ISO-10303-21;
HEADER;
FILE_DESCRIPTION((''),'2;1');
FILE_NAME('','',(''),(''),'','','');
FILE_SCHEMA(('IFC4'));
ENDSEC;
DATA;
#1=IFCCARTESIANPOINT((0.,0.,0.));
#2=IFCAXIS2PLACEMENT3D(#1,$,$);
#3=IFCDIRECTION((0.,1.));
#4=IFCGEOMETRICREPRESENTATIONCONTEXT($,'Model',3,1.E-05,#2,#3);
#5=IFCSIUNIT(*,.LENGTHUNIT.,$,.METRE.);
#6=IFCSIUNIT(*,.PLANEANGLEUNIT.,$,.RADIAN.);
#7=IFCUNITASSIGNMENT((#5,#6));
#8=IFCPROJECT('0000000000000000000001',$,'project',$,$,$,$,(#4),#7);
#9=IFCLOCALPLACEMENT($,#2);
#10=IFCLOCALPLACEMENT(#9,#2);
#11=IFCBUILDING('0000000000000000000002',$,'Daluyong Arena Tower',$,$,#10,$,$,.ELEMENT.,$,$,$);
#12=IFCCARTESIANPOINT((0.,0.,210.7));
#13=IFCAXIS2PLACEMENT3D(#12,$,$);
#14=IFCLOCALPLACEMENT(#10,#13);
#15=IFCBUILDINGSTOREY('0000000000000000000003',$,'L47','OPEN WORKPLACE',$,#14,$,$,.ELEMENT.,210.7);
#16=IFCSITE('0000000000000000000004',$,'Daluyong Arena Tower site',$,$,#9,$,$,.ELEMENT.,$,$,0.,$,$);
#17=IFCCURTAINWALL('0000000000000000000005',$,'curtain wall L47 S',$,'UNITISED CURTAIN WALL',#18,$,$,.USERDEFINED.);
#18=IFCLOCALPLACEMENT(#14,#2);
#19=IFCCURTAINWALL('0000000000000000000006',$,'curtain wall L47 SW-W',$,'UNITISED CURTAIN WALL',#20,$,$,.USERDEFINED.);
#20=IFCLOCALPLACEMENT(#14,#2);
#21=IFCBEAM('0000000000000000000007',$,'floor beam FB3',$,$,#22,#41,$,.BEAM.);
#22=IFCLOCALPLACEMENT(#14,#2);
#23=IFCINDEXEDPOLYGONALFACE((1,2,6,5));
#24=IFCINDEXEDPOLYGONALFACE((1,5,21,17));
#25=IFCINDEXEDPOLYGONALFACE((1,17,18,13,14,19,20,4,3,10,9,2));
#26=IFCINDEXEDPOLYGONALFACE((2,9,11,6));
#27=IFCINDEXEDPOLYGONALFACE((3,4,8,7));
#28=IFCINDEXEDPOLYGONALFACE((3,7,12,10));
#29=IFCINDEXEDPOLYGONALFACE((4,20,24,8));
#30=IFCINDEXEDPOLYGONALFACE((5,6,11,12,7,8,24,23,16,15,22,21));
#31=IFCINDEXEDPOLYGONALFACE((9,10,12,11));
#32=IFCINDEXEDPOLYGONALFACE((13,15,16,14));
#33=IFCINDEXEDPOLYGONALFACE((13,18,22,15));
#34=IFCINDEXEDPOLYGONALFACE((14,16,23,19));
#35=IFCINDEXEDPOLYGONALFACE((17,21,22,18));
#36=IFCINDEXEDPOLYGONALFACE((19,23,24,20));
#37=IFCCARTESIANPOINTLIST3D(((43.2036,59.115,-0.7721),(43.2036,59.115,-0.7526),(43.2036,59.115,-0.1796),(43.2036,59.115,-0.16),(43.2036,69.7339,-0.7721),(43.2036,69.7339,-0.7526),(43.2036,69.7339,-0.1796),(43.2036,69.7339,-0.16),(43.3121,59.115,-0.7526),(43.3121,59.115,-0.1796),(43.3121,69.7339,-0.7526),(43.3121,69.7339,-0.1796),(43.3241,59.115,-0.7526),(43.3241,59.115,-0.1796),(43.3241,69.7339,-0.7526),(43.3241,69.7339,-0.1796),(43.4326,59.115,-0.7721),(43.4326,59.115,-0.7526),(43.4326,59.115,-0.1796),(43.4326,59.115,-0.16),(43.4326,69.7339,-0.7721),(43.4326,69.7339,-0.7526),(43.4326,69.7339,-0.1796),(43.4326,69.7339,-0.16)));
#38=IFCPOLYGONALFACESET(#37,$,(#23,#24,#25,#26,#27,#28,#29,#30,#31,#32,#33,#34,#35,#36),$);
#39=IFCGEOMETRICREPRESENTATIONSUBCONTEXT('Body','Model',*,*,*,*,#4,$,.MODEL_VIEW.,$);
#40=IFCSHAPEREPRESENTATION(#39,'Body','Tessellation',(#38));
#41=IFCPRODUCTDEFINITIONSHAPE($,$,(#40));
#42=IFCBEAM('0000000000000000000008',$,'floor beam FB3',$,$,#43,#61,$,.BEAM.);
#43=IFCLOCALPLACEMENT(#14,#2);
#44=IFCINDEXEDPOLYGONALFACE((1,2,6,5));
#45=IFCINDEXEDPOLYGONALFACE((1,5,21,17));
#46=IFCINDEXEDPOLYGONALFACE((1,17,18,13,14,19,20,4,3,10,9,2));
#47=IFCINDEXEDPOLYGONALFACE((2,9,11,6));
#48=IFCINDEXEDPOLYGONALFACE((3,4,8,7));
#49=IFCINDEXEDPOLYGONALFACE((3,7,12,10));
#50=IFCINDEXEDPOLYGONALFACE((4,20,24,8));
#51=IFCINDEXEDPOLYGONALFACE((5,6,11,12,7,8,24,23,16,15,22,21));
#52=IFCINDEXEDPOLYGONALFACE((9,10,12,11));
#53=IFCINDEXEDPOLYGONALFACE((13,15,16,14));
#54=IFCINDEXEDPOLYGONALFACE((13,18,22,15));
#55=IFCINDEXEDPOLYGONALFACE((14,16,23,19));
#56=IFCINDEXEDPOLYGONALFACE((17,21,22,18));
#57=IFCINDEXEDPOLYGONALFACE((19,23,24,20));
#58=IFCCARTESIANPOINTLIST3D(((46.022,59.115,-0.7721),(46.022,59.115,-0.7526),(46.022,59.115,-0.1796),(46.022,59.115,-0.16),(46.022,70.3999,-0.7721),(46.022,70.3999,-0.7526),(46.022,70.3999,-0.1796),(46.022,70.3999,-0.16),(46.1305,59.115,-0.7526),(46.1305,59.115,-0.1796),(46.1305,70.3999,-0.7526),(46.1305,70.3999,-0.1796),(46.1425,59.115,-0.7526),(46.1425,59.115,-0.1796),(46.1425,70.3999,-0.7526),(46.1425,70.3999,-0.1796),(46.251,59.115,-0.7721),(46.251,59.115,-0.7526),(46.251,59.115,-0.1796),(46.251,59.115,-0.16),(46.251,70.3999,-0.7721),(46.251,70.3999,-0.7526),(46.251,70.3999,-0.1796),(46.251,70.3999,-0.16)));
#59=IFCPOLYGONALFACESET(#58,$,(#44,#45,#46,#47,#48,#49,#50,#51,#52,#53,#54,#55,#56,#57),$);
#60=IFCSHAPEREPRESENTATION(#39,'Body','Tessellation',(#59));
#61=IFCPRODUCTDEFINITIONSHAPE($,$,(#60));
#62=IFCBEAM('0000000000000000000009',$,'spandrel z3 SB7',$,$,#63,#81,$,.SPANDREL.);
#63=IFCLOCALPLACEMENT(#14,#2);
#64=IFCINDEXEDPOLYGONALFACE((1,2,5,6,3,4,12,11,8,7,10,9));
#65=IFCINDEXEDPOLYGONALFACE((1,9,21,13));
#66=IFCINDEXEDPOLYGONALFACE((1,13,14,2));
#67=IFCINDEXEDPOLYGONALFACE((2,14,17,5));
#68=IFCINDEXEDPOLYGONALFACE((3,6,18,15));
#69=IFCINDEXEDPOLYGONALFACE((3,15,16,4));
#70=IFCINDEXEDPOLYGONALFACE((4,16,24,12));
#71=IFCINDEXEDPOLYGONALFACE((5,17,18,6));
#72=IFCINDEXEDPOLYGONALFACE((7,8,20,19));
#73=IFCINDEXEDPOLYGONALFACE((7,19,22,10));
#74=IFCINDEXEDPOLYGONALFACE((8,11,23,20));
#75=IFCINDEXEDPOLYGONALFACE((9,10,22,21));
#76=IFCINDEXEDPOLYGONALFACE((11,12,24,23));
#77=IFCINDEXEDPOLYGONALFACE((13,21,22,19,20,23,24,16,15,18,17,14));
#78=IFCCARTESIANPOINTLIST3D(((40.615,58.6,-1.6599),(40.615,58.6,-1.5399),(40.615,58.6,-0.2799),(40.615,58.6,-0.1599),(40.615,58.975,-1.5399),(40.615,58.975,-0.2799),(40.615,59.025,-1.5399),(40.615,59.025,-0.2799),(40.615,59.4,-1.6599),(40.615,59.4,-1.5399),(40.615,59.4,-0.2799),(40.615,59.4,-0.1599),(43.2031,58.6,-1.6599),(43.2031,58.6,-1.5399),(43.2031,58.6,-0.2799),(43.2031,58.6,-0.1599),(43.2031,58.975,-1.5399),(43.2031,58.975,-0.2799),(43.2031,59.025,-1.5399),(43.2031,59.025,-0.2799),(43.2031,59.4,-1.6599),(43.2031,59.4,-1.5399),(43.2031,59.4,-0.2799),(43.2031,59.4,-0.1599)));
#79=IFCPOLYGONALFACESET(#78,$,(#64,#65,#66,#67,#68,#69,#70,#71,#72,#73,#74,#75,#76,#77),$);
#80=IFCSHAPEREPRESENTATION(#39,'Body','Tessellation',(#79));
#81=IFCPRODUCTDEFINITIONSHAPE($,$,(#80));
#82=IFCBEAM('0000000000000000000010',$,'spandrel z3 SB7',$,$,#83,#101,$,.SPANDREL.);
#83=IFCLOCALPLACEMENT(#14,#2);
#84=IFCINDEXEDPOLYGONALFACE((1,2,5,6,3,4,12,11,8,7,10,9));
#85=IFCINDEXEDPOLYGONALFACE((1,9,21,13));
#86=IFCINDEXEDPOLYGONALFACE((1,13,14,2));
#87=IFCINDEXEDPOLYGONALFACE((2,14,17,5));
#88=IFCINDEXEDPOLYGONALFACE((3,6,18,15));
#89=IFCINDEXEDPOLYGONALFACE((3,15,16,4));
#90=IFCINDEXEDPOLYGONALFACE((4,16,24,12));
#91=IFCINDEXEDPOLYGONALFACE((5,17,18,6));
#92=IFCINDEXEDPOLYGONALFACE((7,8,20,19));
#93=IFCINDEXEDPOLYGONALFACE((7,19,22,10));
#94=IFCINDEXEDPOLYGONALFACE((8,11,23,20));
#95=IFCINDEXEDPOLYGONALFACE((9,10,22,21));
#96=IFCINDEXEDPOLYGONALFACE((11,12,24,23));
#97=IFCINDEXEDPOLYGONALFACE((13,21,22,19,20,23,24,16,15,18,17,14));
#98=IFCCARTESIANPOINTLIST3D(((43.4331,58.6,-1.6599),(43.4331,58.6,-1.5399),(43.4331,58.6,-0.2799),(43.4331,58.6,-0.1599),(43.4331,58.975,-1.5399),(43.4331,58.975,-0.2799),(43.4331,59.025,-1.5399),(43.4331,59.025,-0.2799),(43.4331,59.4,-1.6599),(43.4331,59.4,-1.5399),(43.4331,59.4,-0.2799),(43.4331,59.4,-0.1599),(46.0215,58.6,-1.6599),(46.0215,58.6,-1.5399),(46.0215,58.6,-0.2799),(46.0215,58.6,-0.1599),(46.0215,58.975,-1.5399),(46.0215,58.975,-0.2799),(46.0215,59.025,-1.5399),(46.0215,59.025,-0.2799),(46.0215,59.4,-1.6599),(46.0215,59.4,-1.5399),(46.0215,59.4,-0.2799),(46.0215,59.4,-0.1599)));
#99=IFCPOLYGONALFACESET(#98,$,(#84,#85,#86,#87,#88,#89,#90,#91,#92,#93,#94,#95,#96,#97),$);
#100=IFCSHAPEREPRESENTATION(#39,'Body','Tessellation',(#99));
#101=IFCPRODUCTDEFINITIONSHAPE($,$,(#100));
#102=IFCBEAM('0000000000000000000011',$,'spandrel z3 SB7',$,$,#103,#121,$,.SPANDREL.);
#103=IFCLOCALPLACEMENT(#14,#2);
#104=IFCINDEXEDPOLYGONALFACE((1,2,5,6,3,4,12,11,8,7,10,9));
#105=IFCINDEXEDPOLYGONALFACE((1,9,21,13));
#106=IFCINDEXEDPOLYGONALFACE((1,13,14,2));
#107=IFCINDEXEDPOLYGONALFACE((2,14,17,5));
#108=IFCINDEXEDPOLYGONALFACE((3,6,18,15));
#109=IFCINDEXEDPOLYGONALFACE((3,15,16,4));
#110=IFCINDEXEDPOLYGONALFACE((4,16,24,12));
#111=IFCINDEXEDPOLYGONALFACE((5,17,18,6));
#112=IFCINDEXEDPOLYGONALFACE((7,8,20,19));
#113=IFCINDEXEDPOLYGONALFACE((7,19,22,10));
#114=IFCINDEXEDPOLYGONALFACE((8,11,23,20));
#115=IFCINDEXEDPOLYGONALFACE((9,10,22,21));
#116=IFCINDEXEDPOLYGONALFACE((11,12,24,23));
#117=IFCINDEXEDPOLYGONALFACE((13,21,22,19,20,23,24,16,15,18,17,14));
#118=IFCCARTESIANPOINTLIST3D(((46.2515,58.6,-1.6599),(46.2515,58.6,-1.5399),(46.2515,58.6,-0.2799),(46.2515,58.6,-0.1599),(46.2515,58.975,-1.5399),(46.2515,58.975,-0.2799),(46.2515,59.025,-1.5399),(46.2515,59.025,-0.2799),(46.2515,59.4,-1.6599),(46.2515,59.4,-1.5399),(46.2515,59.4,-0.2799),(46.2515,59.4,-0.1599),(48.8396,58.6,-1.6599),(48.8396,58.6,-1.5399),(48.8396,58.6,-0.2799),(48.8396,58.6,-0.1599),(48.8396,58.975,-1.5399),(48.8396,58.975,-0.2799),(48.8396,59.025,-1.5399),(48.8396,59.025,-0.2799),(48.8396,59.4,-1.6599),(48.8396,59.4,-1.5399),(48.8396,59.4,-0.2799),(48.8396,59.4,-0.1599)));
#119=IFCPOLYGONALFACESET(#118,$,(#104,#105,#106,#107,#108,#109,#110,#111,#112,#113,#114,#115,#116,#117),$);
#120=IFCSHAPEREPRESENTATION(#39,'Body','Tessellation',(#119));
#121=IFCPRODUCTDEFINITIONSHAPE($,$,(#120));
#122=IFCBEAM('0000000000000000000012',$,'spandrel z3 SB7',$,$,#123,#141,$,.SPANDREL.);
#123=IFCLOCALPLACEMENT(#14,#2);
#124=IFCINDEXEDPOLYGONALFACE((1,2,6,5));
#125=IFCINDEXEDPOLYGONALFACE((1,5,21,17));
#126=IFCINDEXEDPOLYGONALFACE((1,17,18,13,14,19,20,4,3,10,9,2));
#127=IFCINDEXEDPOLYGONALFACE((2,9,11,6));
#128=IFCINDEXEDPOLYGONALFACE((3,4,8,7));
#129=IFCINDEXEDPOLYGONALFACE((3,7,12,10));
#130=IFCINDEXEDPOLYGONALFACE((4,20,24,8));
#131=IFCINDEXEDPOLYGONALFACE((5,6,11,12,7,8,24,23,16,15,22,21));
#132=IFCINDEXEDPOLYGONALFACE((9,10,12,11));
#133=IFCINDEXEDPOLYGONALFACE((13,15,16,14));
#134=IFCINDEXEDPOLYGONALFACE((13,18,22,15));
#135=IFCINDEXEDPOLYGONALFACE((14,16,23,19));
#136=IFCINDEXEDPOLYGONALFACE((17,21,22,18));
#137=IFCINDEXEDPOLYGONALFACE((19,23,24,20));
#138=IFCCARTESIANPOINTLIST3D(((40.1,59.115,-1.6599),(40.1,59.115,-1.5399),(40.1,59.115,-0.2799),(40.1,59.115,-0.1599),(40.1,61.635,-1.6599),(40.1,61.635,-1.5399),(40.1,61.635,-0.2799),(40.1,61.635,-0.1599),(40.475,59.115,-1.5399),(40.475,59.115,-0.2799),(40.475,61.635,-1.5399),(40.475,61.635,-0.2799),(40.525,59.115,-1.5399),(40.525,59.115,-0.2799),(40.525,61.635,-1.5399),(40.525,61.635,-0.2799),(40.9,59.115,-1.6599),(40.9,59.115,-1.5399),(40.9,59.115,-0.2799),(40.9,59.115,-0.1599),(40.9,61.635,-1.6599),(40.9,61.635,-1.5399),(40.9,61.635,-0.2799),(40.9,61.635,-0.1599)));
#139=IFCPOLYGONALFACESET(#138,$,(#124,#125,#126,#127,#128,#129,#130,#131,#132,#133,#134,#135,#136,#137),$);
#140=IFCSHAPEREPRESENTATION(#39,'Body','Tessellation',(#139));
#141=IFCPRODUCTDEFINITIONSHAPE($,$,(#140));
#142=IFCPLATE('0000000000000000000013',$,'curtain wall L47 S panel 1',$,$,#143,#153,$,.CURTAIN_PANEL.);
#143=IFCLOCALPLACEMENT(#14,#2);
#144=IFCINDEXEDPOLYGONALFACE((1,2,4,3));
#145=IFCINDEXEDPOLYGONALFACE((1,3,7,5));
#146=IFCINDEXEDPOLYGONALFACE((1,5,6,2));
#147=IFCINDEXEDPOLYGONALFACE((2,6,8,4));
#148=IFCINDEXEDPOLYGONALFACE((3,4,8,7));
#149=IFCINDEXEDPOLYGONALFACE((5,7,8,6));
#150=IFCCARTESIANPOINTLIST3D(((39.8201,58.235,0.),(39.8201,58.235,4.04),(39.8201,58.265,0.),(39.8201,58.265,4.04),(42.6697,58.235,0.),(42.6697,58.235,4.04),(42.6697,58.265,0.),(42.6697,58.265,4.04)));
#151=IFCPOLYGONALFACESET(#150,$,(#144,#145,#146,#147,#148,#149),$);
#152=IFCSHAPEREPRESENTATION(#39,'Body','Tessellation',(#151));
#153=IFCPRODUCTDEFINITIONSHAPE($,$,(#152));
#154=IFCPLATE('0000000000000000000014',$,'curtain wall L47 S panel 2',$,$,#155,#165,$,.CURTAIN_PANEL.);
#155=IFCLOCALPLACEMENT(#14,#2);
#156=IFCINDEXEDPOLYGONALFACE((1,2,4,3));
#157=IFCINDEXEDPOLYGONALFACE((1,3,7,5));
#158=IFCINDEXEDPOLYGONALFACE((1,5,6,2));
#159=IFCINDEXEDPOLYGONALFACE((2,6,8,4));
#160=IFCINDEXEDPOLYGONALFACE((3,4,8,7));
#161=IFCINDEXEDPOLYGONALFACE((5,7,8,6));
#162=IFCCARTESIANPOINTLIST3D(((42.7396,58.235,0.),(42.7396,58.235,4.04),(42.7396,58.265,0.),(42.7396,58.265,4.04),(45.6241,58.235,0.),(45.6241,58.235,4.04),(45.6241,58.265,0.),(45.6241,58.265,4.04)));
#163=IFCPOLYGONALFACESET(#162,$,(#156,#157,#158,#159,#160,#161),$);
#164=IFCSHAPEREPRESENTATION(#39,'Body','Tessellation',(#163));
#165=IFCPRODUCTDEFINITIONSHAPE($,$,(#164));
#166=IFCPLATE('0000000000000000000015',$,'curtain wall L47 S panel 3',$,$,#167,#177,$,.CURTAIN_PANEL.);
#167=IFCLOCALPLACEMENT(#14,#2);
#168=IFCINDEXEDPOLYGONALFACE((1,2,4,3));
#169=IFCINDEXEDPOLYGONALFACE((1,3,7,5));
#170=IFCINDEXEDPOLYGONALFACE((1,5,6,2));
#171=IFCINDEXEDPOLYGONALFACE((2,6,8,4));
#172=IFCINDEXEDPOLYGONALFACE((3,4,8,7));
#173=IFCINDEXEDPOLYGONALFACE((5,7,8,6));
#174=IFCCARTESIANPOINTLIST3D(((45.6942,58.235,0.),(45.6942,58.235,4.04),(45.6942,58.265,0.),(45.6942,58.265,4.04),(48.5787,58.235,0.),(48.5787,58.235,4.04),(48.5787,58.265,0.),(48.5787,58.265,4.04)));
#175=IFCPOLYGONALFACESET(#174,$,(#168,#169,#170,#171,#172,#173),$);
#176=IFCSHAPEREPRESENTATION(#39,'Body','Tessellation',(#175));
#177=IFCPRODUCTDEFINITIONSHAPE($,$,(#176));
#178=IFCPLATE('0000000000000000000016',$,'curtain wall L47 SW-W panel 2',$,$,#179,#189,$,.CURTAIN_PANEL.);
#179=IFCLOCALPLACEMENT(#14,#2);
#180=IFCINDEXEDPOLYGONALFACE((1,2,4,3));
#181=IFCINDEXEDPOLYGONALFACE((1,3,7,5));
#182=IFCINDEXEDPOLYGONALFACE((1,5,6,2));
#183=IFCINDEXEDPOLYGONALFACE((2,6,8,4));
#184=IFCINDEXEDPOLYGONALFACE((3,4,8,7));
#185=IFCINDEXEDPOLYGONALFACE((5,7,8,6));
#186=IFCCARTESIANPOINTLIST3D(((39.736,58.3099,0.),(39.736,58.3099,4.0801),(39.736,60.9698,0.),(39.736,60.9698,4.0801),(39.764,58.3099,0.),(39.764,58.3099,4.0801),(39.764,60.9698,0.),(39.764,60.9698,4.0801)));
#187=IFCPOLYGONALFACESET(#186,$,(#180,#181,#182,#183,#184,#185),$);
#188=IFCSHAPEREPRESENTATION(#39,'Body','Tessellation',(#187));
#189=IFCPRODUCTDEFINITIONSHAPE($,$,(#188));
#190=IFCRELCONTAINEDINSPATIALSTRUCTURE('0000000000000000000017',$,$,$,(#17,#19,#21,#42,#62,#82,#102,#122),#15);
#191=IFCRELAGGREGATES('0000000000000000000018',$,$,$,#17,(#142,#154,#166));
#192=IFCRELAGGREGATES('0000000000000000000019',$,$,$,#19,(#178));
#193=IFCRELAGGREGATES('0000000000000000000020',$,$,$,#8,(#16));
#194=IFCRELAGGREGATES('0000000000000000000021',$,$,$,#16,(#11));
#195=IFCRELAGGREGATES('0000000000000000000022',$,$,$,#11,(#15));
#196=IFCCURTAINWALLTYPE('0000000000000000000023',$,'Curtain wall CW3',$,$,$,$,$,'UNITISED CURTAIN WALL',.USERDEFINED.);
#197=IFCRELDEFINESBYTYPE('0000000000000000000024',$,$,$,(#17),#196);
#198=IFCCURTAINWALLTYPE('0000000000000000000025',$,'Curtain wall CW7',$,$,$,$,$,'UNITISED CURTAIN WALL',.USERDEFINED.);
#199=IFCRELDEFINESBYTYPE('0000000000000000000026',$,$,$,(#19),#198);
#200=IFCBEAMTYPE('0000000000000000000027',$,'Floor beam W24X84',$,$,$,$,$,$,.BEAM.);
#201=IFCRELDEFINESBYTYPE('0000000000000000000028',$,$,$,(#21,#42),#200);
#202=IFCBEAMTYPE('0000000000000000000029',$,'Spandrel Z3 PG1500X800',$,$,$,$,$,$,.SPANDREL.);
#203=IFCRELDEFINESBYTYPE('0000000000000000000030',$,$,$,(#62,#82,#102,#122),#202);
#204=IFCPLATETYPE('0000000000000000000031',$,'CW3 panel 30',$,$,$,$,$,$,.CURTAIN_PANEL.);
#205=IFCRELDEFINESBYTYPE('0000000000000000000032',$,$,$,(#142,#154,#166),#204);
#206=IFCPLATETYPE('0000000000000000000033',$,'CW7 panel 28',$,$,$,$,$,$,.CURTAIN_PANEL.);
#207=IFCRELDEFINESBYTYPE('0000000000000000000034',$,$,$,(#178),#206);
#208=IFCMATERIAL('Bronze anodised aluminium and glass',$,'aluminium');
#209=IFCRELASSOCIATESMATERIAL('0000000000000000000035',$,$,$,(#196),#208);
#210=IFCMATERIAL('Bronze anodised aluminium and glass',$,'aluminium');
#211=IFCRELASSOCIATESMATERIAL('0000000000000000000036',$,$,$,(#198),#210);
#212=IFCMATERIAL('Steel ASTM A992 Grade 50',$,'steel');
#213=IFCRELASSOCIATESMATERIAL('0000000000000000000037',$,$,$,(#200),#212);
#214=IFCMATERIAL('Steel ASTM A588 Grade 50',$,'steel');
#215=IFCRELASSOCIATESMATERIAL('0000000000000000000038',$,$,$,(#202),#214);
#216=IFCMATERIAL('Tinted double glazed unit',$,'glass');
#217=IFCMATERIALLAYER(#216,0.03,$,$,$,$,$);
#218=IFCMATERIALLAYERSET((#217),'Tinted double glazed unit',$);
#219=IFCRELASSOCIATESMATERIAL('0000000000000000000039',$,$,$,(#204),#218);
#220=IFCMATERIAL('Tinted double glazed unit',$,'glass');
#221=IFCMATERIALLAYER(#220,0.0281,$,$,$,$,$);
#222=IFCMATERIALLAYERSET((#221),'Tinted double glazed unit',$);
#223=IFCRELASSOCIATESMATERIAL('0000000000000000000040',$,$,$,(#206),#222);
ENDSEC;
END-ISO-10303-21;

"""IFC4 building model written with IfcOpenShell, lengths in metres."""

from ifc_helpers import new_model, si_unit, direction, frame, origin, origin_2d, place, context, subcontext, project, spatial, rectangle, i_section, extrude, material, layer, layer_set, material_profile, profile_set, type_object, element, aggregate, save


model = new_model("IFC4")

# Units and contexts
model_context = context("Model", 3, precision=1e-05, world=origin(), true_north=direction((0.0, 1.0)))
body_context = subcontext(model_context, "Body", "Model", "MODEL_VIEW")
ifc_project = project(units=[si_unit("LENGTHUNIT", "METRE"), si_unit("PLANEANGLEUNIT", "RADIAN")], contexts=[model_context])

# Site, building, storey
site_placement = place(None, origin())
site = spatial("IfcSite", under=ifc_project, at=site_placement, Name="Daluyong Arena Tower site", CompositionType="ELEMENT", RefElevation=0.0)
building_placement = place(site_placement, origin())
building = spatial("IfcBuilding", under=site, at=building_placement, Name="Daluyong Arena Tower", CompositionType="ELEMENT")
storey_placement = place(building_placement, frame((0.0, 0.0, 210.7)))
storey = spatial("IfcBuildingStorey", under=building, at=storey_placement, Name="L47", Description="OPEN WORKPLACE", CompositionType="ELEMENT", Elevation=210.7)

# Curtain walls
ifc_material_1 = material(Name="Bronze anodised aluminium and glass", Category="aluminium")
curtain_wall_type_1 = type_object("IfcCurtainWallType", Name="Curtain wall CW3", ElementType="UNITISED CURTAIN WALL", PredefinedType="USERDEFINED", material=ifc_material_1)
curtain_wall_1_placement = place(storey_placement, origin())
curtain_wall_1 = element("IfcCurtainWall", 1, at=curtain_wall_1_placement, inside=storey, type_object=curtain_wall_type_1, Name="curtain wall L47 S", ObjectType="UNITISED CURTAIN WALL", PredefinedType="USERDEFINED")
ifc_material_2 = material(Name="Bronze anodised aluminium and glass", Category="aluminium")
curtain_wall_type_2 = type_object("IfcCurtainWallType", Name="Curtain wall CW7", ElementType="UNITISED CURTAIN WALL", PredefinedType="USERDEFINED", material=ifc_material_2)
curtain_wall_2_placement = place(storey_placement, origin())
curtain_wall_2 = element("IfcCurtainWall", 2, at=curtain_wall_2_placement, inside=storey, type_object=curtain_wall_type_2, Name="curtain wall L47 SW-W", ObjectType="UNITISED CURTAIN WALL", PredefinedType="USERDEFINED")

# Beams
ifc_material_3 = material(Name="Steel ASTM A992 Grade 50", Category="steel")
ifc_material_profile_1 = material_profile(ifc_material_3, i_section(OverallWidth=0.229, OverallDepth=0.6121, WebThickness=0.012, FlangeThickness=0.0195, at=origin_2d()))
ifc_profile_set_1 = profile_set([ifc_material_profile_1], Name="Steel ASTM A992 Grade 50")
beam_type_1 = type_object("IfcBeamType", Name="Floor beam W24X84", PredefinedType="BEAM", material=ifc_profile_set_1)
beam_1_placement = place(storey_placement, frame((43.3181, 59.115, -0.4661), z_axis=(0.0, 1.0, 0.0), x_axis=(-1.0, 0.0, 0.0)))
element("IfcBeam", 3, at=beam_1_placement, inside=storey, type_object=beam_type_1, Name="floor beam FB3", PredefinedType="BEAM", context=body_context, shape_type="SweptSolid", body=[
    extrude(i_section(OverallWidth=0.229, OverallDepth=0.6121, WebThickness=0.012, FlangeThickness=0.0195, at=origin_2d()), origin(), (0.0, 0.0, 1.0), 10.6189),
])
beam_2_placement = place(storey_placement, frame((46.1365, 59.115, -0.4661), z_axis=(0.0, 1.0, 0.0), x_axis=(-1.0, 0.0, 0.0)))
element("IfcBeam", 4, at=beam_2_placement, inside=storey, type_object=beam_type_1, Name="floor beam FB3", PredefinedType="BEAM", context=body_context, shape_type="SweptSolid", body=[
    extrude(i_section(OverallWidth=0.229, OverallDepth=0.6121, WebThickness=0.012, FlangeThickness=0.0195, at=origin_2d()), origin(), (0.0, 0.0, 1.0), 11.2849),
])
ifc_material_4 = material(Name="Steel ASTM A588 Grade 50", Category="steel")
ifc_material_profile_2 = material_profile(ifc_material_4, i_section(OverallWidth=0.8, OverallDepth=1.5, WebThickness=0.05, FlangeThickness=0.12, at=origin_2d()))
ifc_profile_set_2 = profile_set([ifc_material_profile_2], Name="Steel ASTM A588 Grade 50")
beam_type_2 = type_object("IfcBeamType", Name="Spandrel Z3 PG1500X800", PredefinedType="SPANDREL", material=ifc_profile_set_2)
beam_3_placement = place(storey_placement, frame((40.615, 59.0, -0.9099), z_axis=(1.0, 0.0, 0.0), x_axis=(0.0, 1.0, 0.0)))
element("IfcBeam", 5, at=beam_3_placement, inside=storey, type_object=beam_type_2, Name="spandrel z3 SB7", PredefinedType="SPANDREL", context=body_context, shape_type="SweptSolid", body=[
    extrude(i_section(OverallWidth=0.8, OverallDepth=1.5, WebThickness=0.05, FlangeThickness=0.12, at=origin_2d()), origin(), (0.0, 0.0, 1.0), 2.5881),
])
beam_4_placement = place(storey_placement, frame((43.4331, 59.0, -0.9099), z_axis=(1.0, 0.0, 0.0), x_axis=(0.0, 1.0, 0.0)))
element("IfcBeam", 6, at=beam_4_placement, inside=storey, type_object=beam_type_2, Name="spandrel z3 SB7", PredefinedType="SPANDREL", context=body_context, shape_type="SweptSolid", body=[
    extrude(i_section(OverallWidth=0.8, OverallDepth=1.5, WebThickness=0.05, FlangeThickness=0.12, at=origin_2d()), origin(), (0.0, 0.0, 1.0), 2.5884),
])
beam_5_placement = place(storey_placement, frame((46.2515, 59.0, -0.9099), z_axis=(1.0, 0.0, 0.0), x_axis=(0.0, 1.0, 0.0)))
element("IfcBeam", 7, at=beam_5_placement, inside=storey, type_object=beam_type_2, Name="spandrel z3 SB7", PredefinedType="SPANDREL", context=body_context, shape_type="SweptSolid", body=[
    extrude(i_section(OverallWidth=0.8, OverallDepth=1.5, WebThickness=0.05, FlangeThickness=0.12, at=origin_2d()), origin(), (0.0, 0.0, 1.0), 2.5881),
])
beam_6_placement = place(storey_placement, frame((40.5, 61.635, -0.9099), z_axis=(0.0, -1.0, 0.0), x_axis=(1.0, 0.0, 0.0)))
element("IfcBeam", 8, at=beam_6_placement, inside=storey, type_object=beam_type_2, Name="spandrel z3 SB7", PredefinedType="SPANDREL", context=body_context, shape_type="SweptSolid", body=[
    extrude(i_section(OverallWidth=0.8, OverallDepth=1.5, WebThickness=0.05, FlangeThickness=0.12, at=origin_2d()), origin(), (0.0, 0.0, 1.0), 2.52),
])

# Plates
ifc_material_5 = material(Name="Tinted double glazed unit", Category="glass")
ifc_layer_1 = layer(ifc_material_5, 0.03)
ifc_layer_set_1 = layer_set([ifc_layer_1], Name="Tinted double glazed unit")
plate_type_1 = type_object("IfcPlateType", Name="CW3 panel 30", PredefinedType="CURTAIN_PANEL", material=ifc_layer_set_1)
plate_1_placement = place(storey_placement, frame((41.2449, 58.25, 0.0), z_axis=(0.0, 0.0, 1.0), x_axis=(1.0, 0.0, 0.0)))
plate_1 = element("IfcPlate", 9, at=plate_1_placement, type_object=plate_type_1, Name="curtain wall L47 S panel 1", PredefinedType="CURTAIN_PANEL", context=body_context, shape_type="SweptSolid", body=[
    extrude(rectangle(XDim=2.8496, YDim=0.03, at=origin_2d()), origin(), (0.0, 0.0, 1.0), 4.04),
])
plate_2_placement = place(storey_placement, frame((44.1819, 58.25, 0.0), z_axis=(0.0, 0.0, 1.0), x_axis=(1.0, 0.0, 0.0)))
plate_2 = element("IfcPlate", 10, at=plate_2_placement, type_object=plate_type_1, Name="curtain wall L47 S panel 2", PredefinedType="CURTAIN_PANEL", context=body_context, shape_type="SweptSolid", body=[
    extrude(rectangle(XDim=2.8845, YDim=0.03, at=origin_2d()), origin(), (0.0, 0.0, 1.0), 4.04),
])
plate_3_placement = place(storey_placement, frame((47.1365, 58.25, 0.0), z_axis=(0.0, 0.0, 1.0), x_axis=(1.0, 0.0, 0.0)))
plate_3 = element("IfcPlate", 11, at=plate_3_placement, type_object=plate_type_1, Name="curtain wall L47 S panel 3", PredefinedType="CURTAIN_PANEL", context=body_context, shape_type="SweptSolid", body=[
    extrude(rectangle(XDim=2.8845, YDim=0.03, at=origin_2d()), origin(), (0.0, 0.0, 1.0), 4.04),
])
aggregate(curtain_wall_1, [plate_1, plate_2, plate_3])
ifc_material_6 = material(Name="Tinted double glazed unit", Category="glass")
ifc_layer_2 = layer(ifc_material_6, 0.0281)
ifc_layer_set_2 = layer_set([ifc_layer_2], Name="Tinted double glazed unit")
plate_type_2 = type_object("IfcPlateType", Name="CW7 panel 28", PredefinedType="CURTAIN_PANEL", material=ifc_layer_set_2)
plate_4_placement = place(storey_placement, frame((39.75, 59.6399, 0.0), z_axis=(0.0, 0.0, 1.0), x_axis=(0.0, -1.0, 0.0)))
plate_4 = element("IfcPlate", 12, at=plate_4_placement, type_object=plate_type_2, Name="curtain wall L47 SW-W panel 2", PredefinedType="CURTAIN_PANEL", context=body_context, shape_type="SweptSolid", body=[
    extrude(rectangle(XDim=2.6599, YDim=0.0281, at=origin_2d()), origin(), (0.0, 0.0, 1.0), 4.0801),
])
aggregate(curtain_wall_2, [plate_4])

save(model, "model.ifc")
